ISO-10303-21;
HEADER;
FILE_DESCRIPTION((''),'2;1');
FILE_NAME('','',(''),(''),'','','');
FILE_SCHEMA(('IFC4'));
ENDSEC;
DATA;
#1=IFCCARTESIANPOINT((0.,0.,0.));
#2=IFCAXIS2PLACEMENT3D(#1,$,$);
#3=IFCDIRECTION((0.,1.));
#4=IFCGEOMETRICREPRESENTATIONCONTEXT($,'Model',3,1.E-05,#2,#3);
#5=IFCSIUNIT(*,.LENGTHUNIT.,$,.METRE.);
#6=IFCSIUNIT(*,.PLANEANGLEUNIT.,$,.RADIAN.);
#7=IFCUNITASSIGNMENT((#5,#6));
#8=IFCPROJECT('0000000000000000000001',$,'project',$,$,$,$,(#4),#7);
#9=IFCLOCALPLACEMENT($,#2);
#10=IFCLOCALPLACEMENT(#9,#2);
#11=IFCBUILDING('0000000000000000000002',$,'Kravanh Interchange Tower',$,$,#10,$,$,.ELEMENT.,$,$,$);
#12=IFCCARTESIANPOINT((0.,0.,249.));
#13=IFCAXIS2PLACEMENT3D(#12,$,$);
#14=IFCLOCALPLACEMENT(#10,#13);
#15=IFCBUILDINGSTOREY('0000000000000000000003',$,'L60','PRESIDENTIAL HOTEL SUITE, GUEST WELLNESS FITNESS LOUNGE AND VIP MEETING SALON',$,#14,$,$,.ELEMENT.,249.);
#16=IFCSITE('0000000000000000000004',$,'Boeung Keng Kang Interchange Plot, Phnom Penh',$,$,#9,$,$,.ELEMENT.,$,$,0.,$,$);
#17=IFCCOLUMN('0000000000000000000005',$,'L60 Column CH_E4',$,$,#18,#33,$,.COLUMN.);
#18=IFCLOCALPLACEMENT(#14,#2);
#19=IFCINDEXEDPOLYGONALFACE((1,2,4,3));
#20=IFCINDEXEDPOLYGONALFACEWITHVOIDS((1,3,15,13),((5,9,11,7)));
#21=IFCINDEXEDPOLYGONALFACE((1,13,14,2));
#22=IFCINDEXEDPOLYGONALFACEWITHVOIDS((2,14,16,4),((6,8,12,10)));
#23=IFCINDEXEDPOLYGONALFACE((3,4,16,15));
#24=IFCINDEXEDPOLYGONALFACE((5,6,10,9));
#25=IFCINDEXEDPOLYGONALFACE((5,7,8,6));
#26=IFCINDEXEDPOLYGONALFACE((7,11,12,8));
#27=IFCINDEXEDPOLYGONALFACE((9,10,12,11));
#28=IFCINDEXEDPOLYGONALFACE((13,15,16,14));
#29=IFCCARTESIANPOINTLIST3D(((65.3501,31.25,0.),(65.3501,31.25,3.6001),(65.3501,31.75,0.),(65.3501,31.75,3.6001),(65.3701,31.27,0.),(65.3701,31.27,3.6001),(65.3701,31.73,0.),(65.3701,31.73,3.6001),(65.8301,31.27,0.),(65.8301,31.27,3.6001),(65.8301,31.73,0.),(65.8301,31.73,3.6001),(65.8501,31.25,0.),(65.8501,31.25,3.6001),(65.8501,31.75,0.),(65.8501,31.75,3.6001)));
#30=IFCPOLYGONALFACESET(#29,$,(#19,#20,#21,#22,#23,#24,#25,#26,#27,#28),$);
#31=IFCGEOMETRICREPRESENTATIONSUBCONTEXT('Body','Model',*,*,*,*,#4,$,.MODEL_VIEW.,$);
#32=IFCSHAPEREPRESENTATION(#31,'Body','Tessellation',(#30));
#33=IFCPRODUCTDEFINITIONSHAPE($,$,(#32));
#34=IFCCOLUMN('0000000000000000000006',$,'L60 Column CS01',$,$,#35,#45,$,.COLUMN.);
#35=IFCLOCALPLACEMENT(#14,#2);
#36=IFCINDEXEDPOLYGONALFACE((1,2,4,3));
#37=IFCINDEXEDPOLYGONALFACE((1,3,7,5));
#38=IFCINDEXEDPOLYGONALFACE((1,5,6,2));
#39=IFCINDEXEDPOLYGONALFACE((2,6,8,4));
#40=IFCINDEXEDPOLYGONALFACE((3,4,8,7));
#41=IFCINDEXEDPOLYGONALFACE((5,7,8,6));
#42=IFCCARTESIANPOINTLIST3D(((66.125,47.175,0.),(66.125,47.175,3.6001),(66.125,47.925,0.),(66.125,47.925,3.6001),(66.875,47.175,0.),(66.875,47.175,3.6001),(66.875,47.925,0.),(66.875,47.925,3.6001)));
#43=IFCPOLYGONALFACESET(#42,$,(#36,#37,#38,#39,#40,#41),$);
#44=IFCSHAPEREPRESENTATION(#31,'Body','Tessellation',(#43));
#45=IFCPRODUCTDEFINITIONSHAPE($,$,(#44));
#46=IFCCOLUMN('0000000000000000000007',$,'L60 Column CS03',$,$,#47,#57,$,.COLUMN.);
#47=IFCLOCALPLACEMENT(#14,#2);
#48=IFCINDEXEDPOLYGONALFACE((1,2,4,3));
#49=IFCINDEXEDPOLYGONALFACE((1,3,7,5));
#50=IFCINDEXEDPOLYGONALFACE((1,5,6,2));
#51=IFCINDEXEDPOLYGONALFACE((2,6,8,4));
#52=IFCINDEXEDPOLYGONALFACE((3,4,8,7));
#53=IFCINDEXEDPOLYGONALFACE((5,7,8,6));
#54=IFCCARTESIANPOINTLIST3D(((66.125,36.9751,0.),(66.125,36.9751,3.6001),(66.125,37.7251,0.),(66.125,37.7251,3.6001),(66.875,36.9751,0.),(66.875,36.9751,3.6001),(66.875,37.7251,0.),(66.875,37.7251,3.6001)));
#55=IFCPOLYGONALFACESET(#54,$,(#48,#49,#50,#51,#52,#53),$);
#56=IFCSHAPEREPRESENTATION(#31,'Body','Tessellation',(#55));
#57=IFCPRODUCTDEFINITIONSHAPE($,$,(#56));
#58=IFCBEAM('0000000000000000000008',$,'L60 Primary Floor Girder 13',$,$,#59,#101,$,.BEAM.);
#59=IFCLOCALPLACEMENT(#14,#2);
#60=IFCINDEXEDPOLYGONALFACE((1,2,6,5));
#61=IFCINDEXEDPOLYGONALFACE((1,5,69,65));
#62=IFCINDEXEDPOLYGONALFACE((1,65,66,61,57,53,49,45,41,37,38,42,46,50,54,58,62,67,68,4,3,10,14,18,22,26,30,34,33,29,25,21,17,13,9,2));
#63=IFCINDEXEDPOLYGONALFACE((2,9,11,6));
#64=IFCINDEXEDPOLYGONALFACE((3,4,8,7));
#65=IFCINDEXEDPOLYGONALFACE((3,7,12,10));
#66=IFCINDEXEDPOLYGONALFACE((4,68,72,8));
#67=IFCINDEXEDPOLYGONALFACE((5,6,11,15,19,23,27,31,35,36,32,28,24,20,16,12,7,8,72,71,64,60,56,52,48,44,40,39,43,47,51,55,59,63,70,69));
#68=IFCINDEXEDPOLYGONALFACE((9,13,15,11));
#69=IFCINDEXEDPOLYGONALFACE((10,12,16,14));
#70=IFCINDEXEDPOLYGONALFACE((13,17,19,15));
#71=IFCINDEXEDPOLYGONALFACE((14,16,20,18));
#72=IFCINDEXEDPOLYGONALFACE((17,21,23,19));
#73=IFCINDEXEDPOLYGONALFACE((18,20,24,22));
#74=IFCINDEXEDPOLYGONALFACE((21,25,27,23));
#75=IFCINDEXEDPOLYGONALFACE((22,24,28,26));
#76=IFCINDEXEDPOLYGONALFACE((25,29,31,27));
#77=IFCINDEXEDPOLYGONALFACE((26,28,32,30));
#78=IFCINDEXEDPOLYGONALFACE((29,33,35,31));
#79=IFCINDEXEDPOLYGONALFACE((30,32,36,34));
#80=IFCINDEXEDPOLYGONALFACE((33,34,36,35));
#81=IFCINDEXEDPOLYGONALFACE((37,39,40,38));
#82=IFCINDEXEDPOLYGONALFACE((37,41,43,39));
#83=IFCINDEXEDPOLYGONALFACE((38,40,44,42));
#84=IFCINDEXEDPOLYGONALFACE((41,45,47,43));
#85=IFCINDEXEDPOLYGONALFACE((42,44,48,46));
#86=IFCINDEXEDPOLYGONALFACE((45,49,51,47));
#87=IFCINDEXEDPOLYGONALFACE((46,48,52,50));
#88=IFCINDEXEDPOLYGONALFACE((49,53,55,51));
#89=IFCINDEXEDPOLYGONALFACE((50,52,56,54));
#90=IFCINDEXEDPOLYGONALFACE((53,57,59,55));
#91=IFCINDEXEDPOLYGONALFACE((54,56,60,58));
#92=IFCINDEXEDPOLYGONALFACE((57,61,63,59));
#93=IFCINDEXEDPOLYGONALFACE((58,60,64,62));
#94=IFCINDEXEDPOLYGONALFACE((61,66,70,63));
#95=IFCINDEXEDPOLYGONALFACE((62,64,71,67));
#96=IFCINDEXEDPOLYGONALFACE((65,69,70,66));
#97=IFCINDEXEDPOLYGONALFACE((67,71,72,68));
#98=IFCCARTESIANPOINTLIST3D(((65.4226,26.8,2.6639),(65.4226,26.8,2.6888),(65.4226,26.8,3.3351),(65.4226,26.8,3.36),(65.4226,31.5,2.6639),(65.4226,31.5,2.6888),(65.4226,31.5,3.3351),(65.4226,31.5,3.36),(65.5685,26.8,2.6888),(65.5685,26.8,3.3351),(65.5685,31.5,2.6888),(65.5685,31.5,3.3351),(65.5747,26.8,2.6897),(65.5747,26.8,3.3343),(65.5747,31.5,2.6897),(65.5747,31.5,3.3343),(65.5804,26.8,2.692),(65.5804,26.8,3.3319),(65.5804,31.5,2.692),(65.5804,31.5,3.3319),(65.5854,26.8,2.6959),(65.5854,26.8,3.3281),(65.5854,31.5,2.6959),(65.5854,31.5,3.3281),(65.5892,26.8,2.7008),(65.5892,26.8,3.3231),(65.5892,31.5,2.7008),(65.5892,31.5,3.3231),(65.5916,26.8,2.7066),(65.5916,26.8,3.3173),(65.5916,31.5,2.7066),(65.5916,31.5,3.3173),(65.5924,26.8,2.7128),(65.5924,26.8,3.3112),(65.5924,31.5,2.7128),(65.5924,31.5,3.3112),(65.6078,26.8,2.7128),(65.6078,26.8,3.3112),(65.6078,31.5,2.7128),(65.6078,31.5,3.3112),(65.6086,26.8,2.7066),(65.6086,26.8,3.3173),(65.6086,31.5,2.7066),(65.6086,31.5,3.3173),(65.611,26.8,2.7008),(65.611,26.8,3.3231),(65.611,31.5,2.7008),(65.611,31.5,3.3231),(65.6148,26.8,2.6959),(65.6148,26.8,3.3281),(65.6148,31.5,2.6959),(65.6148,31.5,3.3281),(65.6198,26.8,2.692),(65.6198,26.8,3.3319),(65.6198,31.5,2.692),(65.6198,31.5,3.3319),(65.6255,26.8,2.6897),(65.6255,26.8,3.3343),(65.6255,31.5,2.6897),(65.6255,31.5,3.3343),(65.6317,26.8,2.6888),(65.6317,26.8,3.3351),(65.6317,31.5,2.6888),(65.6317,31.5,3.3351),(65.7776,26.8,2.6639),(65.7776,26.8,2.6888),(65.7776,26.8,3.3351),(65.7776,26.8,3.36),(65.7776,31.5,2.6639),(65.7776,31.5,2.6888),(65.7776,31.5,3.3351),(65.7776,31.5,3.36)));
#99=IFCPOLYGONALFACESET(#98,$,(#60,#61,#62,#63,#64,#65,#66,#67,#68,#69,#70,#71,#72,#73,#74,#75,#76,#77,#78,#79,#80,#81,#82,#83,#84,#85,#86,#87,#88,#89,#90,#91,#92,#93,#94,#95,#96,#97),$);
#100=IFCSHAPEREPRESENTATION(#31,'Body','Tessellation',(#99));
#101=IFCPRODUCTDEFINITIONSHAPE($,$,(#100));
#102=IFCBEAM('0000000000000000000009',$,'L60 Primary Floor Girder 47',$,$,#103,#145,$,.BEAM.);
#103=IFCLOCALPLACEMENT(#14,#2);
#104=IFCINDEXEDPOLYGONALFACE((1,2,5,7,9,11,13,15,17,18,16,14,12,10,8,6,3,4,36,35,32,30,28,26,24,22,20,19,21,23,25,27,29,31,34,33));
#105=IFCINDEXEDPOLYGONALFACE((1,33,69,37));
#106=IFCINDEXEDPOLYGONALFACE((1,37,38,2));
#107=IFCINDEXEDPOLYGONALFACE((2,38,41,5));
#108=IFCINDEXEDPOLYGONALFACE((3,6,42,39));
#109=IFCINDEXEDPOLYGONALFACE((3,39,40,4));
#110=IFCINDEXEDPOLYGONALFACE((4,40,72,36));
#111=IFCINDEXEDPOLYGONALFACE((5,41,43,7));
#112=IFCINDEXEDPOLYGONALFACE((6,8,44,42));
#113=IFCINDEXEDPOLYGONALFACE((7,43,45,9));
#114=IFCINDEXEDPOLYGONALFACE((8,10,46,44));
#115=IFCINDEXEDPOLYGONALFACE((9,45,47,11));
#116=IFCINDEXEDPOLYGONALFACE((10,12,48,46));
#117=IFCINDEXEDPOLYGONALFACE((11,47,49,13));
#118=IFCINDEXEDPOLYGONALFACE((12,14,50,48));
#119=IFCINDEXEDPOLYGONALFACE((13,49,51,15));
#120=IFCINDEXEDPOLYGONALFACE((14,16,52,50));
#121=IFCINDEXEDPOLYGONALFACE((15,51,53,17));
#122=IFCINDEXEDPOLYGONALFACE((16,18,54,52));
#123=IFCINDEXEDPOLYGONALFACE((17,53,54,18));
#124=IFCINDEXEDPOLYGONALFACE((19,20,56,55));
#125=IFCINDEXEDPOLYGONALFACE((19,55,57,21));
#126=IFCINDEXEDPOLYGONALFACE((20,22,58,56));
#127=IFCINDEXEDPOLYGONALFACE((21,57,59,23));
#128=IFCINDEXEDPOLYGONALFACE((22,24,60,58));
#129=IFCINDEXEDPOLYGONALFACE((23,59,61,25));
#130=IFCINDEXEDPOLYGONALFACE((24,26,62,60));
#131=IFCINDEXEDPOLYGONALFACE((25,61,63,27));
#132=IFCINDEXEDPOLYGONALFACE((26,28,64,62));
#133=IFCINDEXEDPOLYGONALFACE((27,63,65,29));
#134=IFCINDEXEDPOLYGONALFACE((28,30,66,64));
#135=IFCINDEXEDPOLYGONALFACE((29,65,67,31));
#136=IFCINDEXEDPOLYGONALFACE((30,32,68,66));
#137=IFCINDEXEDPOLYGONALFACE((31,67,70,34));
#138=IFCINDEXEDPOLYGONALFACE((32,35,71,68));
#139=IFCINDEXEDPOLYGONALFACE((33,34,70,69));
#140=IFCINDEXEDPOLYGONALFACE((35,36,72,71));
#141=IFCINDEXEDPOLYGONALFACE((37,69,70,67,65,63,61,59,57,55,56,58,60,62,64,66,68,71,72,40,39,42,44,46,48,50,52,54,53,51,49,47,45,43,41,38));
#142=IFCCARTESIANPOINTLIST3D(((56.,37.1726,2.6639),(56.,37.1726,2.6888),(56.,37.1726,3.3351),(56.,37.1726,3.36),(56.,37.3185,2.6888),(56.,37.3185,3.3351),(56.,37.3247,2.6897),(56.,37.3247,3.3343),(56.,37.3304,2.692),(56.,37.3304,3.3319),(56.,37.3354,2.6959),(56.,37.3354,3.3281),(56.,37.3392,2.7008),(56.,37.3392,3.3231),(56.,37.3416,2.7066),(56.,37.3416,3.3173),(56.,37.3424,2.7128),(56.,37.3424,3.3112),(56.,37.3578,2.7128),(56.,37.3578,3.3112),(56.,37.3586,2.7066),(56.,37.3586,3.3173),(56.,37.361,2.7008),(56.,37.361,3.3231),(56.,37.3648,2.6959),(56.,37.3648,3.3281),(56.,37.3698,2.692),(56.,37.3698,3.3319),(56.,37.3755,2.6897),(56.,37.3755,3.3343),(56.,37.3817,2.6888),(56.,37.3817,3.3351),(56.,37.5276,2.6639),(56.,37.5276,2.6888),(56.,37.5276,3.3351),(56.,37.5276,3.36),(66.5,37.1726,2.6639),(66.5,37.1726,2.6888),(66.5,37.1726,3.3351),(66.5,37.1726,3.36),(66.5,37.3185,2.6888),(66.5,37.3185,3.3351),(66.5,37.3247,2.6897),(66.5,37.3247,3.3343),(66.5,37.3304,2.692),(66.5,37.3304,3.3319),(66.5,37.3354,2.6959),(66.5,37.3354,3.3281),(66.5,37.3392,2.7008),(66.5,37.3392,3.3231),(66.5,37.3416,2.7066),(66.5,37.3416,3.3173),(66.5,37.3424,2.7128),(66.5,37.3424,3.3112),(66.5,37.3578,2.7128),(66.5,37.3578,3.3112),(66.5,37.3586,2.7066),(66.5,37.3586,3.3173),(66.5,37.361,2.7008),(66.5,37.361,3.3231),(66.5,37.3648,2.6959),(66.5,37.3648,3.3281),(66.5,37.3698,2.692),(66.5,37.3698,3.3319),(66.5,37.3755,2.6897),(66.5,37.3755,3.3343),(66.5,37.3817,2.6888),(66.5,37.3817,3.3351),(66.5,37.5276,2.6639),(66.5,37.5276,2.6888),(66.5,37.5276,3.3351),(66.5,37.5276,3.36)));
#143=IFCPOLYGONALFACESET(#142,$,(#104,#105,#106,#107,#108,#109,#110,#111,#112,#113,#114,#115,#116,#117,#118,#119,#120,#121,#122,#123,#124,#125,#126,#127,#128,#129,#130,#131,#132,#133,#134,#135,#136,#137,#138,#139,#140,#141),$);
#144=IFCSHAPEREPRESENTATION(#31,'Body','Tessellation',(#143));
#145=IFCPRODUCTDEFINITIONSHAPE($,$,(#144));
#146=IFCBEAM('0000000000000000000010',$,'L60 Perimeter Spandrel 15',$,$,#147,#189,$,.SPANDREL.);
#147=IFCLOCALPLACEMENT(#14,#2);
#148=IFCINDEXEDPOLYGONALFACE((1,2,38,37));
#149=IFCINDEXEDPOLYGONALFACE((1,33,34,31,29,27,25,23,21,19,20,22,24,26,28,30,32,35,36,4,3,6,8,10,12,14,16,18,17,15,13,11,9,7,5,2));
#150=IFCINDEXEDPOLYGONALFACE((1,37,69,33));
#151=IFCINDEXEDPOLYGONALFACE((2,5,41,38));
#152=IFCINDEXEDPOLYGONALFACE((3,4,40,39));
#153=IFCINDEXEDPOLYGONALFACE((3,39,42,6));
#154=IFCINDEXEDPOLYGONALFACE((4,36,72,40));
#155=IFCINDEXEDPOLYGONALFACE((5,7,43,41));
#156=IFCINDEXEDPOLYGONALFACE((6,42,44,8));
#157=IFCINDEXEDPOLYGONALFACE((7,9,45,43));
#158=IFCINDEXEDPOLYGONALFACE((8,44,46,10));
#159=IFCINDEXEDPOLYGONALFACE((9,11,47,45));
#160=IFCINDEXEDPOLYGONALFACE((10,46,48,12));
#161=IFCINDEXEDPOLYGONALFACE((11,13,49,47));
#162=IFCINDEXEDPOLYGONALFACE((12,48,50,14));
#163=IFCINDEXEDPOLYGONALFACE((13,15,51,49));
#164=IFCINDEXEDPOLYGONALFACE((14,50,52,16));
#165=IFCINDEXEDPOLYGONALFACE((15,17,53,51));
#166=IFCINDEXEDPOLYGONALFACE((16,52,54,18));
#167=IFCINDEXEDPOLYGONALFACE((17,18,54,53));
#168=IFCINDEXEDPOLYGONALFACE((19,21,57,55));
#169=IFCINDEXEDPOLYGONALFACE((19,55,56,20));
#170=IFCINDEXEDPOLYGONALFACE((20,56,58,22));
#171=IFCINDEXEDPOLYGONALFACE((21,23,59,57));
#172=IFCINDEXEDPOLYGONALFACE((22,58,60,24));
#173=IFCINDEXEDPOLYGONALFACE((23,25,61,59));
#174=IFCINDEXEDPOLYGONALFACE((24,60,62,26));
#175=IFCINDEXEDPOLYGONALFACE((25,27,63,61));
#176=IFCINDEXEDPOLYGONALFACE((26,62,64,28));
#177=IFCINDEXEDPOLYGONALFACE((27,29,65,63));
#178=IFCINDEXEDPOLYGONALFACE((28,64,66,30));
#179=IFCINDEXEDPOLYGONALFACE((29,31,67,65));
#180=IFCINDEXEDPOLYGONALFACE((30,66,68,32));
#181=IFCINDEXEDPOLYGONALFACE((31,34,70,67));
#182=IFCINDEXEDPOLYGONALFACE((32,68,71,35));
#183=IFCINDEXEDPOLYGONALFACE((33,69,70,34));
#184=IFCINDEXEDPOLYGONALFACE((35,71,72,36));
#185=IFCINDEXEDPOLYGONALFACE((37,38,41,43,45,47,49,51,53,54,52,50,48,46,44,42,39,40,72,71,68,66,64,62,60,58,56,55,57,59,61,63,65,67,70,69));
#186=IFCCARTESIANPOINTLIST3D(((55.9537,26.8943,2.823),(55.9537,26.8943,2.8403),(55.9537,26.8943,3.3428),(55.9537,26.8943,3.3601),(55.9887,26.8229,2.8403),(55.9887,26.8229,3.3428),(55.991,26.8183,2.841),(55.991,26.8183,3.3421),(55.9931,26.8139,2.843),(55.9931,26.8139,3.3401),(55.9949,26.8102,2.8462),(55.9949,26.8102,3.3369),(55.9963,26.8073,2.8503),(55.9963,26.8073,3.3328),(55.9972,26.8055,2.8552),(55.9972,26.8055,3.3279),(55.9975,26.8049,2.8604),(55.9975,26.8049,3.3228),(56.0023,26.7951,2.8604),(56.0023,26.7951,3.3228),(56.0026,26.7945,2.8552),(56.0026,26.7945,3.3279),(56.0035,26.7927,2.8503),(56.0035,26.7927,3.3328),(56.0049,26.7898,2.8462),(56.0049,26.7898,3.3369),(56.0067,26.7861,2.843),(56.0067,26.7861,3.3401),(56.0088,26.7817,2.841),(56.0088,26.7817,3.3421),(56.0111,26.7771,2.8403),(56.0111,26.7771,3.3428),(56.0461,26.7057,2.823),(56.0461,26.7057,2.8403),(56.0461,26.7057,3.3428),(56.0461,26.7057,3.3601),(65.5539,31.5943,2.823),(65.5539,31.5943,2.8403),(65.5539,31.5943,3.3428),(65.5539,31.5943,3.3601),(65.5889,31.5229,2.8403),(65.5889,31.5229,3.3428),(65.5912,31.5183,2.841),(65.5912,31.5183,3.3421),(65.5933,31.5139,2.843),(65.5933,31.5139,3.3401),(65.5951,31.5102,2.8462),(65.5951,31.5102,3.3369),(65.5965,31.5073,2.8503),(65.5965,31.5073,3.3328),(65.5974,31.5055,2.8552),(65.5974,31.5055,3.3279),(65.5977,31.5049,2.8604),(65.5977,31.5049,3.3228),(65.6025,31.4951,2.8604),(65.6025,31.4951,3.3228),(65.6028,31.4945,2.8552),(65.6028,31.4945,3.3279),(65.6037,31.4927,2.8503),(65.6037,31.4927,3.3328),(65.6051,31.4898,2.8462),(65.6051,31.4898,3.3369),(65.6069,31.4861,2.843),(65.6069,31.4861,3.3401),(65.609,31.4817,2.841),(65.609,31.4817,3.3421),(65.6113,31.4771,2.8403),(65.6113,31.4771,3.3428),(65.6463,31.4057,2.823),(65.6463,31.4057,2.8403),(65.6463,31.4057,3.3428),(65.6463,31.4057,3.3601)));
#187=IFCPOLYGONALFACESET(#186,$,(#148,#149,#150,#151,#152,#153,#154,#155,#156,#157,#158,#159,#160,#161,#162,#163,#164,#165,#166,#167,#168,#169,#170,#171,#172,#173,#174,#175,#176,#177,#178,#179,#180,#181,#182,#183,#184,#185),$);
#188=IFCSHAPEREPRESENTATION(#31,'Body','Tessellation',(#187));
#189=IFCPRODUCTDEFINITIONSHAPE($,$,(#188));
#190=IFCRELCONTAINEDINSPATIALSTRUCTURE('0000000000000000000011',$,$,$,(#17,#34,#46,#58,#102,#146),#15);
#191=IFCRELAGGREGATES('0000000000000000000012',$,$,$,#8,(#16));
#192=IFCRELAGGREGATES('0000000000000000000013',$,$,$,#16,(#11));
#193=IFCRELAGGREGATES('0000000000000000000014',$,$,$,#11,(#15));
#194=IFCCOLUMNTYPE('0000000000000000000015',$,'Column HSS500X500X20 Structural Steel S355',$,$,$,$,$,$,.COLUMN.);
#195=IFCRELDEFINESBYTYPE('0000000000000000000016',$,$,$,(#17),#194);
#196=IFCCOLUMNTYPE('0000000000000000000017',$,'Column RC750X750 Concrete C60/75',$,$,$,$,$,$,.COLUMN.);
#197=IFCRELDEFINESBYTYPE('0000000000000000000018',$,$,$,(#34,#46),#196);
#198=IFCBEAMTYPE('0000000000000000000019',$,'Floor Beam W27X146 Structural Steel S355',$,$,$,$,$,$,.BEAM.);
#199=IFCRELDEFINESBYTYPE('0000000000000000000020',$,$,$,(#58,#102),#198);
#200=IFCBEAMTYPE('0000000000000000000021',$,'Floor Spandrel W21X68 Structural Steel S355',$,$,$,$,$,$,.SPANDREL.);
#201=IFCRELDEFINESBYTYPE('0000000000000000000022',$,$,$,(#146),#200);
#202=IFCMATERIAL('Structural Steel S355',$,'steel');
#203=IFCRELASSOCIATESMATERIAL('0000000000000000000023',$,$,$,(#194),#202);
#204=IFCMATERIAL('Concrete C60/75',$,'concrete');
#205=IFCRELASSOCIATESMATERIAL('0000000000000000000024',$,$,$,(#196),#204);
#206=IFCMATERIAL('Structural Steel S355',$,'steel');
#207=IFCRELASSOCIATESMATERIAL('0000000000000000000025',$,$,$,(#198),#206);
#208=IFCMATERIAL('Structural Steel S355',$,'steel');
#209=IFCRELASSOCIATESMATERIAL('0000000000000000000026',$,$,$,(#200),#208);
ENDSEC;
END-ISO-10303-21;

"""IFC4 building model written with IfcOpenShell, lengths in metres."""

from ifc_helpers import new_model, si_unit, direction, frame, origin, origin_2d, place, context, subcontext, project, spatial, rectangle, hollow_rectangle, i_section, extrude, material, material_profile, profile_set, type_object, element, save


model = new_model("IFC4")

# Units and contexts
model_context = context("Model", 3, precision=1e-05, world=origin(), true_north=direction((0.0, 1.0)))
body_context = subcontext(model_context, "Body", "Model", "MODEL_VIEW")
ifc_project = project(units=[si_unit("LENGTHUNIT", "METRE"), si_unit("PLANEANGLEUNIT", "RADIAN")], contexts=[model_context])

# Site, building, storey
site_placement = place(None, origin())
site = spatial("IfcSite", under=ifc_project, at=site_placement, Name="Boeung Keng Kang Interchange Plot, Phnom Penh", CompositionType="ELEMENT", RefElevation=0.0)
building_placement = place(site_placement, origin())
building = spatial("IfcBuilding", under=site, at=building_placement, Name="Kravanh Interchange Tower", CompositionType="ELEMENT")
storey_placement = place(building_placement, frame((0.0, 0.0, 249.0)))
storey = spatial("IfcBuildingStorey", under=building, at=storey_placement, Name="L60", Description="PRESIDENTIAL HOTEL SUITE, GUEST WELLNESS FITNESS LOUNGE AND VIP MEETING SALON", CompositionType="ELEMENT", Elevation=249.0)

# Columns
ifc_material_1 = material(Name="Structural Steel S355", Category="steel")
ifc_material_profile_1 = material_profile(ifc_material_1, hollow_rectangle(XDim=0.5, YDim=0.5, WallThickness=0.02, at=origin_2d()), Name="HSS500X500X20")
ifc_profile_set_1 = profile_set([ifc_material_profile_1], Name="Structural Steel S355")
column_type_1 = type_object("IfcColumnType", Name="Column HSS500X500X20 Structural Steel S355", PredefinedType="COLUMN", material=ifc_profile_set_1)
column_placement = place(storey_placement, frame((65.6001, 31.5, 0.0), z_axis=(0.0, 0.0, 1.0), x_axis=(1.0, 0.0, 0.0)))
element("IfcColumn", 1, at=column_placement, inside=storey, type_object=column_type_1, Name="L60 Column CH_E4", PredefinedType="COLUMN", context=body_context, shape_type="SweptSolid", body=[
    extrude(hollow_rectangle(XDim=0.5, YDim=0.5, WallThickness=0.02, at=origin_2d()), origin(), (0.0, 0.0, 1.0), 3.6001),
])
ifc_material_2 = material(Name="Concrete C60/75", Category="concrete")
ifc_material_profile_2 = material_profile(ifc_material_2, rectangle(XDim=0.75, YDim=0.75, at=origin_2d()), Name="RC750X750")
ifc_profile_set_2 = profile_set([ifc_material_profile_2], Name="Concrete C60/75")
column_type_2 = type_object("IfcColumnType", Name="Column RC750X750 Concrete C60/75", PredefinedType="COLUMN", material=ifc_profile_set_2)
for number, where, z_axis, x_axis, name in (
    (2, (66.5, 47.55, 0.0), (0.0, 0.0, 1.0), (1.0, 0.0, 0.0), "L60 Column CS01"),
    (3, (66.5, 37.3501, 0.0), (0.0, 0.0, 1.0), (1.0, 0.0, 0.0), "L60 Column CS03"),
):
    element("IfcColumn", number, at=place(storey_placement, frame(where, z_axis=z_axis, x_axis=x_axis)), inside=storey, type_object=column_type_2, Name=name, PredefinedType="COLUMN", context=body_context, shape_type="SweptSolid", body=[
        extrude(rectangle(XDim=0.75, YDim=0.75, at=origin_2d()), origin(), (0.0, 0.0, 1.0), 3.6001),
    ])

# Beams
ifc_material_3 = material(Name="Structural Steel S355", Category="steel")
ifc_material_profile_3 = material_profile(ifc_material_3, i_section(OverallWidth=0.355, OverallDepth=0.696, WebThickness=0.0154, FlangeThickness=0.0249, FilletRadius=0.0239, at=origin_2d()), Name="W27X146")
ifc_profile_set_3 = profile_set([ifc_material_profile_3], Name="Structural Steel S355")
beam_type_1 = type_object("IfcBeamType", Name="Floor Beam W27X146 Structural Steel S355", PredefinedType="BEAM", material=ifc_profile_set_3)
beam_1_placement = place(storey_placement, frame((65.6001, 31.5, 3.012), z_axis=(0.0, -1.0, 0.0), x_axis=(1.0, 0.0, 0.0)))
element("IfcBeam", 4, at=beam_1_placement, inside=storey, type_object=beam_type_1, Name="L60 Primary Floor Girder 13", PredefinedType="BEAM", context=body_context, shape_type="SweptSolid", body=[
    extrude(i_section(OverallWidth=0.355, OverallDepth=0.696, WebThickness=0.0154, FlangeThickness=0.0249, FilletRadius=0.0239, at=origin_2d()), origin(), (0.0, 0.0, 1.0), 4.7),
])
beam_2_placement = place(storey_placement, frame((66.5, 37.3501, 3.012), z_axis=(-1.0, 0.0, 0.0), x_axis=(0.0, -1.0, 0.0)))
element("IfcBeam", 5, at=beam_2_placement, inside=storey, type_object=beam_type_1, Name="L60 Primary Floor Girder 47", PredefinedType="BEAM", context=body_context, shape_type="SweptSolid", body=[
    extrude(i_section(OverallWidth=0.355, OverallDepth=0.696, WebThickness=0.0154, FlangeThickness=0.0249, FilletRadius=0.0239, at=origin_2d()), origin(), (0.0, 0.0, 1.0), 10.5),
])
ifc_material_4 = material(Name="Structural Steel S355", Category="steel")
ifc_material_profile_4 = material_profile(ifc_material_4, i_section(OverallWidth=0.21, OverallDepth=0.5371, WebThickness=0.011, FlangeThickness=0.0173, FilletRadius=0.02, at=origin_2d()), Name="W21X68")
ifc_profile_set_4 = profile_set([ifc_material_profile_4], Name="Structural Steel S355")
beam_type_2 = type_object("IfcBeamType", Name="Floor Spandrel W21X68 Structural Steel S355", PredefinedType="SPANDREL", material=ifc_profile_set_4)
beam_3_placement = place(storey_placement, frame((65.6001, 31.5, 3.0916), z_axis=(-0.898142, -0.439706, 0.0), x_axis=(0.439706, -0.898142, 0.0)))
element("IfcBeam", 6, at=beam_3_placement, inside=storey, type_object=beam_type_2, Name="L60 Perimeter Spandrel 15", PredefinedType="SPANDREL", context=body_context, shape_type="SweptSolid", body=[
    extrude(i_section(OverallWidth=0.21, OverallDepth=0.5371, WebThickness=0.011, FlangeThickness=0.0173, FilletRadius=0.02, at=origin_2d()), origin(), (0.0, 0.0, 1.0), 10.689),
])

save(model, "model.ifc")
